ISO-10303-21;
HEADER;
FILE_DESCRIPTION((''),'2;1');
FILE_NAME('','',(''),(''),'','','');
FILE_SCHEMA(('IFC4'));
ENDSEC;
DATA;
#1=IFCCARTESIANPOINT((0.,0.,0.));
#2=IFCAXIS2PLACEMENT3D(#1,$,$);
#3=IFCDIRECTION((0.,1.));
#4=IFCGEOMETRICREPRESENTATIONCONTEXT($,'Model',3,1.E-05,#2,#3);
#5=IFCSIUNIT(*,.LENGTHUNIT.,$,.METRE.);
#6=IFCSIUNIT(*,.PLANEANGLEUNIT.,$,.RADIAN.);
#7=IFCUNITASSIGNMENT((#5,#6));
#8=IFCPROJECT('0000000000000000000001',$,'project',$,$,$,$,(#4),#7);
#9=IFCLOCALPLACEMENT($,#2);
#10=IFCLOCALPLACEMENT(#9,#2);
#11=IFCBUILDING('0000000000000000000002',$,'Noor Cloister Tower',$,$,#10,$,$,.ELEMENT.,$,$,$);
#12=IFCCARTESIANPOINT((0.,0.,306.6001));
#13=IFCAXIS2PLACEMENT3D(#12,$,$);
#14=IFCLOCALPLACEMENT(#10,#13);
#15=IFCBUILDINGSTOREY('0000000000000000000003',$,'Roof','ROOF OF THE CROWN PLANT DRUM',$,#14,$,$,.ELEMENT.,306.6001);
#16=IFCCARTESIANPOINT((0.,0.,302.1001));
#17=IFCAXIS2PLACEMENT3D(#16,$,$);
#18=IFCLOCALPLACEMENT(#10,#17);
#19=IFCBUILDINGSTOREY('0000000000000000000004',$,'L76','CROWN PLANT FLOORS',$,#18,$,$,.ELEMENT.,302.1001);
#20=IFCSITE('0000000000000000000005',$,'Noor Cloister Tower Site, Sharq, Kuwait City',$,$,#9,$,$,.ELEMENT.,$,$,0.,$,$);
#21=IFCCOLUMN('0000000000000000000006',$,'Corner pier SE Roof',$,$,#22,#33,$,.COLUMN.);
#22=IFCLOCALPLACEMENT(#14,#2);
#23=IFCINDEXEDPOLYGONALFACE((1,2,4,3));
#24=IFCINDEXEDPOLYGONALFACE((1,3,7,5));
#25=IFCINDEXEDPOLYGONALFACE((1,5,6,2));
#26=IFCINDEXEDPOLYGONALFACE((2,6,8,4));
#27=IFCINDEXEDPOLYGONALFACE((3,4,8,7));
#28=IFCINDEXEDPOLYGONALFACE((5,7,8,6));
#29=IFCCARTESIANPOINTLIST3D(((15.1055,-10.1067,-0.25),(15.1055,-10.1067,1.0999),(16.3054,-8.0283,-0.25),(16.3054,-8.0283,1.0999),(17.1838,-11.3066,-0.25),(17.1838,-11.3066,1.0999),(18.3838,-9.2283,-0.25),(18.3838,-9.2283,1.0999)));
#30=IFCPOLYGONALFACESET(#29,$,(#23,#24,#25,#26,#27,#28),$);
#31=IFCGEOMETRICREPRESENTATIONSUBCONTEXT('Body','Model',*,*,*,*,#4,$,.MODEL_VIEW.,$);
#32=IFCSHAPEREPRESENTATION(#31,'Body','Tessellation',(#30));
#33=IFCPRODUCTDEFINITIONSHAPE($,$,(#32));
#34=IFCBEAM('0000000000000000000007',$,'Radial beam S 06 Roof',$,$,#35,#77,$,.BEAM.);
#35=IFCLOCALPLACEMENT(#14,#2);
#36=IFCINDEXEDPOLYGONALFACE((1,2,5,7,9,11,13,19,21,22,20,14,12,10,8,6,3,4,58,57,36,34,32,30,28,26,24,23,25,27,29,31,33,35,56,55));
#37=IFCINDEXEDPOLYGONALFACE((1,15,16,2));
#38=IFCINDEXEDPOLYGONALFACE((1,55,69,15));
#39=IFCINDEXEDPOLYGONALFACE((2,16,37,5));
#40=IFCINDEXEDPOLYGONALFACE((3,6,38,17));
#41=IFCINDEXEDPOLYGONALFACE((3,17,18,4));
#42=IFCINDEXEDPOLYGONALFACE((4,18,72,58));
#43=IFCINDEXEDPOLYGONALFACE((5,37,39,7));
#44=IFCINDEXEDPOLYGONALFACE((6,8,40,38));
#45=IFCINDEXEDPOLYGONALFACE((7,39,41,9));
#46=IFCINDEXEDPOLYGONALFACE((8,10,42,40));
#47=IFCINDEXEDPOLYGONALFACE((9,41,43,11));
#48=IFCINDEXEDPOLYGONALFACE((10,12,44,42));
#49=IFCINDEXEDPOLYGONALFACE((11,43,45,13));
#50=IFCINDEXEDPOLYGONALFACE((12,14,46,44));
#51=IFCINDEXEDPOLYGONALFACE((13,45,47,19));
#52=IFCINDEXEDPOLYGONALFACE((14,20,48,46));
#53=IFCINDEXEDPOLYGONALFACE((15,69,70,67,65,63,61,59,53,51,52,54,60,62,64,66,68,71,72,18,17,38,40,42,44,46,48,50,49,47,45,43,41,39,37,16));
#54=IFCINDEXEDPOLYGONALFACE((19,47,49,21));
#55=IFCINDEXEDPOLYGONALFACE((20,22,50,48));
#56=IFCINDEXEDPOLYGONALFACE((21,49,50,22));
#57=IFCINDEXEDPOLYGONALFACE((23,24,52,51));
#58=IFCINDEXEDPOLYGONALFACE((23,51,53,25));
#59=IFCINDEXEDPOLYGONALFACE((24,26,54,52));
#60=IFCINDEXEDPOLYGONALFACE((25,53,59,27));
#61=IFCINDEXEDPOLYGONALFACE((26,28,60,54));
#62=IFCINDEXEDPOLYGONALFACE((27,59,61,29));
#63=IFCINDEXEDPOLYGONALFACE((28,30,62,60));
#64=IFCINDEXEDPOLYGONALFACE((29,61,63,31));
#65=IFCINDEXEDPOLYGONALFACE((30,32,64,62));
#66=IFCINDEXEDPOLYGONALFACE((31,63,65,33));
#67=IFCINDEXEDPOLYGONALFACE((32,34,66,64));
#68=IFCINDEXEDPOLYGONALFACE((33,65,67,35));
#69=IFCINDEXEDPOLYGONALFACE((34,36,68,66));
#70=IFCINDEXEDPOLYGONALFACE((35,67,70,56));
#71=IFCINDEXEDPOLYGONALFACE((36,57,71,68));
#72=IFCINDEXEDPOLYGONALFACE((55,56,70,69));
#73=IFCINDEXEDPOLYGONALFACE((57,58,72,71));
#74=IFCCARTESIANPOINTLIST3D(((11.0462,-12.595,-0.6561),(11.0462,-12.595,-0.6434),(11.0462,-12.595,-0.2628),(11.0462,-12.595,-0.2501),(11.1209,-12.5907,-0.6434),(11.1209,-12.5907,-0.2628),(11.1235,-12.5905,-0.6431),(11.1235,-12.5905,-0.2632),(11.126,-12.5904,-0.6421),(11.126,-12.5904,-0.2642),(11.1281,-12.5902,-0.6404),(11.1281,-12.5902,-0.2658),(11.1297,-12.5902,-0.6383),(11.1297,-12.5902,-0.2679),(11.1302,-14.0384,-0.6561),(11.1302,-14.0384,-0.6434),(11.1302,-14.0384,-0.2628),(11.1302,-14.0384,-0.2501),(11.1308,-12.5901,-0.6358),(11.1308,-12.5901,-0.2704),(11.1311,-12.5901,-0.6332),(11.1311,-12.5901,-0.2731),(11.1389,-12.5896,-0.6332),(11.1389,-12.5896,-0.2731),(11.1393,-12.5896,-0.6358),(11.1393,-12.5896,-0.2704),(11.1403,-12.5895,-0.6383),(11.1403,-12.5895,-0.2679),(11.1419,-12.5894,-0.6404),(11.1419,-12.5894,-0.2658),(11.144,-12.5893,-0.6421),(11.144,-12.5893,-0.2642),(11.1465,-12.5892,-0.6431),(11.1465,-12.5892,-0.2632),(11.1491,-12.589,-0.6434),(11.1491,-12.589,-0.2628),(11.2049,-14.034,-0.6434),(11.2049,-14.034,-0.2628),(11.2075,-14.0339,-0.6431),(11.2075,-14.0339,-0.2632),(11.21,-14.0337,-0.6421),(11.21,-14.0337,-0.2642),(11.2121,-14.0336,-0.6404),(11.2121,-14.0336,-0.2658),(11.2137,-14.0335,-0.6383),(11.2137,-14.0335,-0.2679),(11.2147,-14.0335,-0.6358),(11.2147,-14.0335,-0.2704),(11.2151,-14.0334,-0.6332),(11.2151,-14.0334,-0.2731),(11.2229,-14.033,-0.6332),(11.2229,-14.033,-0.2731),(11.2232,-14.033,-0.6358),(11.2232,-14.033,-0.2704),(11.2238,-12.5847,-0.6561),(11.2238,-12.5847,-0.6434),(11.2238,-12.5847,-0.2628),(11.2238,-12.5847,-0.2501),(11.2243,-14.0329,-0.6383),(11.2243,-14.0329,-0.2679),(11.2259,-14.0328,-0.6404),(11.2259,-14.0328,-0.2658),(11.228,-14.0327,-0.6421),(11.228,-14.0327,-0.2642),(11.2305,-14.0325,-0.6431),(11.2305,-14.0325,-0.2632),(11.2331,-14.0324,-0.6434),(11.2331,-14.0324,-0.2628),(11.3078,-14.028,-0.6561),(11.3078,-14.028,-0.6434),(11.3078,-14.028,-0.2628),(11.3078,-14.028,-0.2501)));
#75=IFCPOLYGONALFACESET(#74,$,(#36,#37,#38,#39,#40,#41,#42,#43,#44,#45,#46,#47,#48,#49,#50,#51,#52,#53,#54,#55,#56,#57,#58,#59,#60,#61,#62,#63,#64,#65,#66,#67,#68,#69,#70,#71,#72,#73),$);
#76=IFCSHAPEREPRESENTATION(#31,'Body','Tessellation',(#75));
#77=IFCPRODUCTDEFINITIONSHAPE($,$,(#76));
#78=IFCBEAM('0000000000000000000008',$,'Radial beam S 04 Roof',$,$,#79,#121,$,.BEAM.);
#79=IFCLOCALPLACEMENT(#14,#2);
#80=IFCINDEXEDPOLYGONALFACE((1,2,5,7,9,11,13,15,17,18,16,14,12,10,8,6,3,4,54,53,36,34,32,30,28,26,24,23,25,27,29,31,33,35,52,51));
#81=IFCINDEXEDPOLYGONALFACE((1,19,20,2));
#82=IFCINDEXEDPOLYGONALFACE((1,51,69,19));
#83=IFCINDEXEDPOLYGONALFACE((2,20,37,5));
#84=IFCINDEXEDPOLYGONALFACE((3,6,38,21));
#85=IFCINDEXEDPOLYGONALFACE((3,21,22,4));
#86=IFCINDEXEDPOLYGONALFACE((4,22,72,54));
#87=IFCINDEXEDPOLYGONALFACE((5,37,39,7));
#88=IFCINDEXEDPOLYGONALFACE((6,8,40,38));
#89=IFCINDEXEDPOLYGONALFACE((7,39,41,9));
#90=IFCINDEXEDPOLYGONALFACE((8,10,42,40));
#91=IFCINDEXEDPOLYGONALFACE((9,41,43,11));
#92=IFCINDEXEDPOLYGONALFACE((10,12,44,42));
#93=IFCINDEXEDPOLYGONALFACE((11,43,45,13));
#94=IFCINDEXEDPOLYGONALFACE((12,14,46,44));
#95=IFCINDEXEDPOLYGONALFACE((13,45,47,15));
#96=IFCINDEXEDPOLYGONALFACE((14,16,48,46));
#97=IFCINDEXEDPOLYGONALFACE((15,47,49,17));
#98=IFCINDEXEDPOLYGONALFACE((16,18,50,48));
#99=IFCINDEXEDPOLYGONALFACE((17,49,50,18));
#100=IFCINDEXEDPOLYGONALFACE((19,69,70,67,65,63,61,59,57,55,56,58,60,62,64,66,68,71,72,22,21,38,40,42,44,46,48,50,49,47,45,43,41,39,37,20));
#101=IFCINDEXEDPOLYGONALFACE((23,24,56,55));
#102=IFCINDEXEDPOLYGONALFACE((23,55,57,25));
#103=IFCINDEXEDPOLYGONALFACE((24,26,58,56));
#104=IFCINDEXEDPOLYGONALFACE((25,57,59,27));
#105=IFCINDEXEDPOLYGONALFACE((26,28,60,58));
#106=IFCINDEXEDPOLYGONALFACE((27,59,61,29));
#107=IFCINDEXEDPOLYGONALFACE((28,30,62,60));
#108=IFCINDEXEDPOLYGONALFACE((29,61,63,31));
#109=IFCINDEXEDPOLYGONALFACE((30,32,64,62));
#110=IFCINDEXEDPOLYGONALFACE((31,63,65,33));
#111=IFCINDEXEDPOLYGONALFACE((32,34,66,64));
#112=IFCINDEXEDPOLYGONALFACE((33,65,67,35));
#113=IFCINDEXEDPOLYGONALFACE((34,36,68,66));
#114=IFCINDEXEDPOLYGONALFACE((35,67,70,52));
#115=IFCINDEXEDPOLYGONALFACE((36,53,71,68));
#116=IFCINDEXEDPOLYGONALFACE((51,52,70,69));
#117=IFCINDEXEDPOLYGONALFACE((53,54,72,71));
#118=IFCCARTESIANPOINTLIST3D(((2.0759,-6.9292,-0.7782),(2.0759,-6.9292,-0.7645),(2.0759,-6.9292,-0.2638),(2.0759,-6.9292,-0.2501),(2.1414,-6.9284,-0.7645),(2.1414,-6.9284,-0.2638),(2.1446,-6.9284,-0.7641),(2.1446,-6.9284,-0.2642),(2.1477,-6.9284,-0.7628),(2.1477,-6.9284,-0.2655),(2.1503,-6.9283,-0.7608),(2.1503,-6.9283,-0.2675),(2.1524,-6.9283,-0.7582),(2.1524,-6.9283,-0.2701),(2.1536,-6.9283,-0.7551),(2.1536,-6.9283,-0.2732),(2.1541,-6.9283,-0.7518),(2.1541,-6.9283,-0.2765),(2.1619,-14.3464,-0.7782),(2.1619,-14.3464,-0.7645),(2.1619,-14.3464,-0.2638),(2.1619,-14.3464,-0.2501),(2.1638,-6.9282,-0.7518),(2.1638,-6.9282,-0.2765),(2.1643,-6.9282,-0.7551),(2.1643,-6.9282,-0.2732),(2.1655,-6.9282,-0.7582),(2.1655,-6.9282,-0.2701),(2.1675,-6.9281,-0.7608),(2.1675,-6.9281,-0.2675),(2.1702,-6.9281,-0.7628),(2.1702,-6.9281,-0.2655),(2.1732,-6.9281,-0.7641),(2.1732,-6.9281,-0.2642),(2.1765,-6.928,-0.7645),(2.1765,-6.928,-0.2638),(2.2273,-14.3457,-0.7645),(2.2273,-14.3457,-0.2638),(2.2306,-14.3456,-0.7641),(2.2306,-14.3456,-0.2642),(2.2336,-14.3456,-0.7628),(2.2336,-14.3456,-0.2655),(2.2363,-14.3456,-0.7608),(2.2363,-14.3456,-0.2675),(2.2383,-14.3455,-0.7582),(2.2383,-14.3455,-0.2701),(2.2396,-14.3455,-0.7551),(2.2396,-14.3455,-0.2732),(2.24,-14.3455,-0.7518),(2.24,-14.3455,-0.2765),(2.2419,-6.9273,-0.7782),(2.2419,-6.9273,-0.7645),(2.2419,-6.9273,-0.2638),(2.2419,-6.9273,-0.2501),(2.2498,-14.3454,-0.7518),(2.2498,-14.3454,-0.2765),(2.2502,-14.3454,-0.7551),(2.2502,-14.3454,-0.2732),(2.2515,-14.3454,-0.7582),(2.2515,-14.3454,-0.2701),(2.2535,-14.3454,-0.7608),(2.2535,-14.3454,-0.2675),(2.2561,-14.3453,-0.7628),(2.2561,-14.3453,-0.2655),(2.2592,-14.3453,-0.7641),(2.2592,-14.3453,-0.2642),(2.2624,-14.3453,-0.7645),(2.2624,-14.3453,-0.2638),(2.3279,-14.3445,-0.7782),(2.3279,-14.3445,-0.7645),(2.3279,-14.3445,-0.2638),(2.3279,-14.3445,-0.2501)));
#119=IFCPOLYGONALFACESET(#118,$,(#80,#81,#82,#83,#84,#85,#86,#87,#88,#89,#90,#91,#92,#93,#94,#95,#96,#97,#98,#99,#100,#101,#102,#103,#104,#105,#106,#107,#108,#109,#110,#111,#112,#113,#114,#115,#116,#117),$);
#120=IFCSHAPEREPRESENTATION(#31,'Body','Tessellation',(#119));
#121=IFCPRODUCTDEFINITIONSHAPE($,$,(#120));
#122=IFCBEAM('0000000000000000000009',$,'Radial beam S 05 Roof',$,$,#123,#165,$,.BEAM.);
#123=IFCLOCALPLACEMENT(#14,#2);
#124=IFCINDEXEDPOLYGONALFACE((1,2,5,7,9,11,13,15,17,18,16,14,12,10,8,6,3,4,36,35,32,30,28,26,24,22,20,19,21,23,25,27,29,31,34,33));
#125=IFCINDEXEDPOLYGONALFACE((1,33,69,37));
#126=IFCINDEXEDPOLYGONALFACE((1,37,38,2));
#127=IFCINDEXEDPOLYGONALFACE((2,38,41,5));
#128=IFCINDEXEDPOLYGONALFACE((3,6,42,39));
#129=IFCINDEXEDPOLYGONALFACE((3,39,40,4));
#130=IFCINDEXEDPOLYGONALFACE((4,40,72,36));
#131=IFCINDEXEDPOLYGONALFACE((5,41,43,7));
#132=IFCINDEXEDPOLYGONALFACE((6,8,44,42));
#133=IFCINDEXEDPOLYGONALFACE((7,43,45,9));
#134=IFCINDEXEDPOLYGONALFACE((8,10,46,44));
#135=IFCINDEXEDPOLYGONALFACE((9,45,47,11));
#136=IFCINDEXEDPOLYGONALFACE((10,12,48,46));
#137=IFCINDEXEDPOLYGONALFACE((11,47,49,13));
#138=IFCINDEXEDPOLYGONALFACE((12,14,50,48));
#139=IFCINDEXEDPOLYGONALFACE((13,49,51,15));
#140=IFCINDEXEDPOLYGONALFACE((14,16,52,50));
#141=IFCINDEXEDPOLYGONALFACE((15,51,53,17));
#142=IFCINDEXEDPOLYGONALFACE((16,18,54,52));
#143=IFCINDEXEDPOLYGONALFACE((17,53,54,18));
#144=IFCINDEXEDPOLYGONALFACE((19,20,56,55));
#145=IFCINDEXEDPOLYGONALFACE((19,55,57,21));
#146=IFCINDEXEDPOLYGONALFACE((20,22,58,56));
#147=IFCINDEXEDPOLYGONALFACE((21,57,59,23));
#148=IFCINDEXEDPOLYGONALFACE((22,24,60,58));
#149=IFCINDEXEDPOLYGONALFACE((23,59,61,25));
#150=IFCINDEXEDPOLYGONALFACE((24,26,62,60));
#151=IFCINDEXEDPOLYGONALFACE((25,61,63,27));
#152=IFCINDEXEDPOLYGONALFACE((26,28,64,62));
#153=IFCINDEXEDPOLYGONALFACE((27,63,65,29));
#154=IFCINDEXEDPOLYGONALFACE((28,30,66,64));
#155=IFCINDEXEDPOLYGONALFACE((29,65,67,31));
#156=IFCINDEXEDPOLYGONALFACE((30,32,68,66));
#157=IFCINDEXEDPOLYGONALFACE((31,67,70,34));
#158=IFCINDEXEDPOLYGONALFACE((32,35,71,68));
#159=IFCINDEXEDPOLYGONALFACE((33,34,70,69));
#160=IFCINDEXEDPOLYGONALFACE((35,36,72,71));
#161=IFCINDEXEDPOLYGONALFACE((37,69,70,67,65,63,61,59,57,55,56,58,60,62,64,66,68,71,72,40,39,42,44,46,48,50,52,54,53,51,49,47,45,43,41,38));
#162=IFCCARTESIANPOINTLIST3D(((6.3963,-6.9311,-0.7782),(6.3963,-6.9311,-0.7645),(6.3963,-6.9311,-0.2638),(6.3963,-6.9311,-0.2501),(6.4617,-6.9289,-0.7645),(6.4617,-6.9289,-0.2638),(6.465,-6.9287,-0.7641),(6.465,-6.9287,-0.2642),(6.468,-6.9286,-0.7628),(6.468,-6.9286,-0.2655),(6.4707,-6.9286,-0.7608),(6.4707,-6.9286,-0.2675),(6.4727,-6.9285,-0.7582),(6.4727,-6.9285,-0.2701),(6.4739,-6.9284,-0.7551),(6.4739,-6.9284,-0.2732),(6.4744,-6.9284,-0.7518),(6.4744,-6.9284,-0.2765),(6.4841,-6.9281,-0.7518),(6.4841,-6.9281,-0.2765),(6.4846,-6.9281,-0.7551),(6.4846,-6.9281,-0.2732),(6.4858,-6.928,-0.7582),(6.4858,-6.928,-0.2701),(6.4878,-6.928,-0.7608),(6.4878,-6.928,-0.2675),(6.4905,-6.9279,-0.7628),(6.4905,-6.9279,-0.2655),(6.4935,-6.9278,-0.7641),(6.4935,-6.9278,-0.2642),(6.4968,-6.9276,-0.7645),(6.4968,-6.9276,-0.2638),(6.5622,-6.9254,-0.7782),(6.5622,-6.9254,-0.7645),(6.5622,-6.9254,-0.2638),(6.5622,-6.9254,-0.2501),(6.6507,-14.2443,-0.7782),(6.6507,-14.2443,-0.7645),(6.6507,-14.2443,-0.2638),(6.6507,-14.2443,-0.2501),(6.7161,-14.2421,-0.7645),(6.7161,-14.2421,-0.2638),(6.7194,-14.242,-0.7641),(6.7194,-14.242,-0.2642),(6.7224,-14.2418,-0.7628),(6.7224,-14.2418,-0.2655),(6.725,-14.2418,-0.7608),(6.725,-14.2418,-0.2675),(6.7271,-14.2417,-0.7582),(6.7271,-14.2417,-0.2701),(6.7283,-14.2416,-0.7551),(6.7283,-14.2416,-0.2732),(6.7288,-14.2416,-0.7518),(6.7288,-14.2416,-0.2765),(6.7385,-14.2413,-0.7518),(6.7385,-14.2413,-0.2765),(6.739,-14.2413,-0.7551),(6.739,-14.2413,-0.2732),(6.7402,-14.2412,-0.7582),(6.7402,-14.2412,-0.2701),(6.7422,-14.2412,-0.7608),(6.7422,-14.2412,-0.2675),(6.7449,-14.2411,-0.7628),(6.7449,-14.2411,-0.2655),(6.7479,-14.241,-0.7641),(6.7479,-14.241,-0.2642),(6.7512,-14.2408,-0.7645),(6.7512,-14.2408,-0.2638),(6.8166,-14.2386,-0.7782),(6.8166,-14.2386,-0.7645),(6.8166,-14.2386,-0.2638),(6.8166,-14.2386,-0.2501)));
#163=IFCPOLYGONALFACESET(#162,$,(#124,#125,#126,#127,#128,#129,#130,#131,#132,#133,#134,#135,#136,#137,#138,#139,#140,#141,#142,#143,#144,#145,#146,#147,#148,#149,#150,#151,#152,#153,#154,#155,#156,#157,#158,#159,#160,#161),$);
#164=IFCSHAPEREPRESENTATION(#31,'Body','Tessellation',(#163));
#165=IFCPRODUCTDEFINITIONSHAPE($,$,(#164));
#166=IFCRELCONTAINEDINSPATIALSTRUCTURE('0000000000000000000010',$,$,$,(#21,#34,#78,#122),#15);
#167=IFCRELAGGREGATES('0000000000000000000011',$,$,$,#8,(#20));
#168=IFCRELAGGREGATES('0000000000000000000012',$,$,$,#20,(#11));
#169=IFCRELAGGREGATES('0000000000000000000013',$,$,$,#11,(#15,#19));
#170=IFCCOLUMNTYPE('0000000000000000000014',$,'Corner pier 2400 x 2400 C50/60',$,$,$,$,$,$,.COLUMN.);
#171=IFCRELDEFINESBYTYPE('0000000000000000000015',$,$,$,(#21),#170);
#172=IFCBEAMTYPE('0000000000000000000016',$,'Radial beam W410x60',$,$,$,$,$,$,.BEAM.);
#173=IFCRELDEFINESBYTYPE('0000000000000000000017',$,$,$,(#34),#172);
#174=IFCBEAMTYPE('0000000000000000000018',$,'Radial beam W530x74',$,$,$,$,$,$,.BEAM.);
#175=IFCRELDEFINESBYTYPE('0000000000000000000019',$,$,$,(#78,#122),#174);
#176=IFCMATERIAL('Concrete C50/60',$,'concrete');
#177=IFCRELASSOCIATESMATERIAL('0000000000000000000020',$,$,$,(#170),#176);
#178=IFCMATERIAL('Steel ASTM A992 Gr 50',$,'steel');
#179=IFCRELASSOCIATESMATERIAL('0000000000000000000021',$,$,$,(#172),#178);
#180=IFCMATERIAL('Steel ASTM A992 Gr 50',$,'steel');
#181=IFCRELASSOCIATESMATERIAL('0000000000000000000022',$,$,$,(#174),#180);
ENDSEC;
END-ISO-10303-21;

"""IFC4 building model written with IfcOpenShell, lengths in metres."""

from ifc_helpers import new_model, si_unit, direction, frame, origin, origin_2d, place, context, subcontext, project, spatial, rectangle, i_section, extrude, material, material_profile, profile_set, type_object, element, save


model = new_model("IFC4")

# Units and contexts
model_context = context("Model", 3, precision=1e-05, world=origin(), true_north=direction((0.0, 1.0)))
body_context = subcontext(model_context, "Body", "Model", "MODEL_VIEW")
ifc_project = project(units=[si_unit("LENGTHUNIT", "METRE"), si_unit("PLANEANGLEUNIT", "RADIAN")], contexts=[model_context])

# Site, building, storey
site_placement = place(None, origin())
site = spatial("IfcSite", under=ifc_project, at=site_placement, Name="Noor Cloister Tower Site, Sharq, Kuwait City", CompositionType="ELEMENT", RefElevation=0.0)
building_placement = place(site_placement, origin())
building = spatial("IfcBuilding", under=site, at=building_placement, Name="Noor Cloister Tower", CompositionType="ELEMENT")
storey_1_placement = place(building_placement, frame((0.0, 0.0, 306.6001)))
storey_1 = spatial("IfcBuildingStorey", under=building, at=storey_1_placement, Name="Roof", Description="ROOF OF THE CROWN PLANT DRUM", CompositionType="ELEMENT", Elevation=306.6001)

# Column
ifc_material_1 = material(Name="Concrete C50/60", Category="concrete")
ifc_material_profile_1 = material_profile(ifc_material_1, rectangle(XDim=2.3999, YDim=2.3999, at=origin_2d()), Name="RC 2400x2400")
ifc_profile_set_1 = profile_set([ifc_material_profile_1], Name="Concrete C50/60")
column_type = type_object("IfcColumnType", Name="Corner pier 2400 x 2400 C50/60", PredefinedType="COLUMN", material=ifc_profile_set_1)
column_placement = place(storey_1_placement, frame((16.7446, -9.6675, -0.25), z_axis=(0.0, 0.0, 1.0), x_axis=(0.866025, -0.5, 0.0)))
element("IfcColumn", 1, at=column_placement, inside=storey_1, type_object=column_type, Name="Corner pier SE Roof", PredefinedType="COLUMN", context=body_context, shape_type="SweptSolid", body=[
    extrude(rectangle(XDim=2.3999, YDim=2.3999, at=origin_2d()), origin(), (0.0, 0.0, 1.0), 1.3499),
])

# Beams
ifc_material_2 = material(Name="Steel ASTM A992 Gr 50", Category="steel")
ifc_material_profile_2 = material_profile(ifc_material_2, i_section(OverallWidth=0.178, OverallDepth=0.406, WebThickness=0.0078, FlangeThickness=0.0127, FilletRadius=0.0103, at=origin_2d()), Name="W410x60")
ifc_profile_set_2 = profile_set([ifc_material_profile_2], Name="Steel ASTM A992 Gr 50")
beam_type_1 = type_object("IfcBeamType", Name="Radial beam W410x60", PredefinedType="BEAM", material=ifc_profile_set_2)
beam_1_placement = place(storey_1_placement, frame((11.219, -14.0332, -0.4531), z_axis=(-0.058088, 0.998311, 0.0), x_axis=(-0.998311, -0.058088, 0.0)))
element("IfcBeam", 2, at=beam_1_placement, inside=storey_1, type_object=beam_type_1, Name="Radial beam S 06 Roof", PredefinedType="BEAM", context=body_context, shape_type="SweptSolid", body=[
    extrude(i_section(OverallWidth=0.178, OverallDepth=0.406, WebThickness=0.0078, FlangeThickness=0.0127, FilletRadius=0.0103, at=origin_2d()), origin(), (0.0, 0.0, 1.0), 1.4458),
])
ifc_material_3 = material(Name="Steel ASTM A992 Gr 50", Category="steel")
ifc_material_profile_3 = material_profile(ifc_material_3, i_section(OverallWidth=0.166, OverallDepth=0.5281, WebThickness=0.0098, FlangeThickness=0.0137, FilletRadius=0.0127, at=origin_2d()), Name="W530x74")
ifc_profile_set_3 = profile_set([ifc_material_profile_3], Name="Steel ASTM A992 Gr 50")
beam_type_2 = type_object("IfcBeamType", Name="Radial beam W530x74", PredefinedType="BEAM", material=ifc_profile_set_3)
beam_2_placement = place(storey_1_placement, frame((2.2449, -14.3455, -0.5142), z_axis=(-0.011585, 0.999933, 0.0), x_axis=(-0.999933, -0.011585, 0.0)))
element("IfcBeam", 3, at=beam_2_placement, inside=storey_1, type_object=beam_type_2, Name="Radial beam S 04 Roof", PredefinedType="BEAM", context=body_context, shape_type="SweptSolid", body=[
    extrude(i_section(OverallWidth=0.166, OverallDepth=0.5281, WebThickness=0.0098, FlangeThickness=0.0137, FilletRadius=0.0127, at=origin_2d()), origin(), (0.0, 0.0, 1.0), 7.4177),
])
beam_3_placement = place(storey_1_placement, frame((6.7336, -14.2415, -0.5142), z_axis=(-0.034764, 0.999396, 0.0), x_axis=(-0.999396, -0.034764, 0.0)))
element("IfcBeam", 4, at=beam_3_placement, inside=storey_1, type_object=beam_type_2, Name="Radial beam S 05 Roof", PredefinedType="BEAM", context=body_context, shape_type="SweptSolid", body=[
    extrude(i_section(OverallWidth=0.166, OverallDepth=0.5281, WebThickness=0.0098, FlangeThickness=0.0137, FilletRadius=0.0127, at=origin_2d()), origin(), (0.0, 0.0, 1.0), 7.3176),
])

# Shared definitions
storey_2_placement = place(building_placement, frame((0.0, 0.0, 302.1001)))
storey_2 = spatial("IfcBuildingStorey", under=building, at=storey_2_placement, Name="L76", Description="CROWN PLANT FLOORS", CompositionType="ELEMENT", Elevation=302.1001)

save(model, "model.ifc")
